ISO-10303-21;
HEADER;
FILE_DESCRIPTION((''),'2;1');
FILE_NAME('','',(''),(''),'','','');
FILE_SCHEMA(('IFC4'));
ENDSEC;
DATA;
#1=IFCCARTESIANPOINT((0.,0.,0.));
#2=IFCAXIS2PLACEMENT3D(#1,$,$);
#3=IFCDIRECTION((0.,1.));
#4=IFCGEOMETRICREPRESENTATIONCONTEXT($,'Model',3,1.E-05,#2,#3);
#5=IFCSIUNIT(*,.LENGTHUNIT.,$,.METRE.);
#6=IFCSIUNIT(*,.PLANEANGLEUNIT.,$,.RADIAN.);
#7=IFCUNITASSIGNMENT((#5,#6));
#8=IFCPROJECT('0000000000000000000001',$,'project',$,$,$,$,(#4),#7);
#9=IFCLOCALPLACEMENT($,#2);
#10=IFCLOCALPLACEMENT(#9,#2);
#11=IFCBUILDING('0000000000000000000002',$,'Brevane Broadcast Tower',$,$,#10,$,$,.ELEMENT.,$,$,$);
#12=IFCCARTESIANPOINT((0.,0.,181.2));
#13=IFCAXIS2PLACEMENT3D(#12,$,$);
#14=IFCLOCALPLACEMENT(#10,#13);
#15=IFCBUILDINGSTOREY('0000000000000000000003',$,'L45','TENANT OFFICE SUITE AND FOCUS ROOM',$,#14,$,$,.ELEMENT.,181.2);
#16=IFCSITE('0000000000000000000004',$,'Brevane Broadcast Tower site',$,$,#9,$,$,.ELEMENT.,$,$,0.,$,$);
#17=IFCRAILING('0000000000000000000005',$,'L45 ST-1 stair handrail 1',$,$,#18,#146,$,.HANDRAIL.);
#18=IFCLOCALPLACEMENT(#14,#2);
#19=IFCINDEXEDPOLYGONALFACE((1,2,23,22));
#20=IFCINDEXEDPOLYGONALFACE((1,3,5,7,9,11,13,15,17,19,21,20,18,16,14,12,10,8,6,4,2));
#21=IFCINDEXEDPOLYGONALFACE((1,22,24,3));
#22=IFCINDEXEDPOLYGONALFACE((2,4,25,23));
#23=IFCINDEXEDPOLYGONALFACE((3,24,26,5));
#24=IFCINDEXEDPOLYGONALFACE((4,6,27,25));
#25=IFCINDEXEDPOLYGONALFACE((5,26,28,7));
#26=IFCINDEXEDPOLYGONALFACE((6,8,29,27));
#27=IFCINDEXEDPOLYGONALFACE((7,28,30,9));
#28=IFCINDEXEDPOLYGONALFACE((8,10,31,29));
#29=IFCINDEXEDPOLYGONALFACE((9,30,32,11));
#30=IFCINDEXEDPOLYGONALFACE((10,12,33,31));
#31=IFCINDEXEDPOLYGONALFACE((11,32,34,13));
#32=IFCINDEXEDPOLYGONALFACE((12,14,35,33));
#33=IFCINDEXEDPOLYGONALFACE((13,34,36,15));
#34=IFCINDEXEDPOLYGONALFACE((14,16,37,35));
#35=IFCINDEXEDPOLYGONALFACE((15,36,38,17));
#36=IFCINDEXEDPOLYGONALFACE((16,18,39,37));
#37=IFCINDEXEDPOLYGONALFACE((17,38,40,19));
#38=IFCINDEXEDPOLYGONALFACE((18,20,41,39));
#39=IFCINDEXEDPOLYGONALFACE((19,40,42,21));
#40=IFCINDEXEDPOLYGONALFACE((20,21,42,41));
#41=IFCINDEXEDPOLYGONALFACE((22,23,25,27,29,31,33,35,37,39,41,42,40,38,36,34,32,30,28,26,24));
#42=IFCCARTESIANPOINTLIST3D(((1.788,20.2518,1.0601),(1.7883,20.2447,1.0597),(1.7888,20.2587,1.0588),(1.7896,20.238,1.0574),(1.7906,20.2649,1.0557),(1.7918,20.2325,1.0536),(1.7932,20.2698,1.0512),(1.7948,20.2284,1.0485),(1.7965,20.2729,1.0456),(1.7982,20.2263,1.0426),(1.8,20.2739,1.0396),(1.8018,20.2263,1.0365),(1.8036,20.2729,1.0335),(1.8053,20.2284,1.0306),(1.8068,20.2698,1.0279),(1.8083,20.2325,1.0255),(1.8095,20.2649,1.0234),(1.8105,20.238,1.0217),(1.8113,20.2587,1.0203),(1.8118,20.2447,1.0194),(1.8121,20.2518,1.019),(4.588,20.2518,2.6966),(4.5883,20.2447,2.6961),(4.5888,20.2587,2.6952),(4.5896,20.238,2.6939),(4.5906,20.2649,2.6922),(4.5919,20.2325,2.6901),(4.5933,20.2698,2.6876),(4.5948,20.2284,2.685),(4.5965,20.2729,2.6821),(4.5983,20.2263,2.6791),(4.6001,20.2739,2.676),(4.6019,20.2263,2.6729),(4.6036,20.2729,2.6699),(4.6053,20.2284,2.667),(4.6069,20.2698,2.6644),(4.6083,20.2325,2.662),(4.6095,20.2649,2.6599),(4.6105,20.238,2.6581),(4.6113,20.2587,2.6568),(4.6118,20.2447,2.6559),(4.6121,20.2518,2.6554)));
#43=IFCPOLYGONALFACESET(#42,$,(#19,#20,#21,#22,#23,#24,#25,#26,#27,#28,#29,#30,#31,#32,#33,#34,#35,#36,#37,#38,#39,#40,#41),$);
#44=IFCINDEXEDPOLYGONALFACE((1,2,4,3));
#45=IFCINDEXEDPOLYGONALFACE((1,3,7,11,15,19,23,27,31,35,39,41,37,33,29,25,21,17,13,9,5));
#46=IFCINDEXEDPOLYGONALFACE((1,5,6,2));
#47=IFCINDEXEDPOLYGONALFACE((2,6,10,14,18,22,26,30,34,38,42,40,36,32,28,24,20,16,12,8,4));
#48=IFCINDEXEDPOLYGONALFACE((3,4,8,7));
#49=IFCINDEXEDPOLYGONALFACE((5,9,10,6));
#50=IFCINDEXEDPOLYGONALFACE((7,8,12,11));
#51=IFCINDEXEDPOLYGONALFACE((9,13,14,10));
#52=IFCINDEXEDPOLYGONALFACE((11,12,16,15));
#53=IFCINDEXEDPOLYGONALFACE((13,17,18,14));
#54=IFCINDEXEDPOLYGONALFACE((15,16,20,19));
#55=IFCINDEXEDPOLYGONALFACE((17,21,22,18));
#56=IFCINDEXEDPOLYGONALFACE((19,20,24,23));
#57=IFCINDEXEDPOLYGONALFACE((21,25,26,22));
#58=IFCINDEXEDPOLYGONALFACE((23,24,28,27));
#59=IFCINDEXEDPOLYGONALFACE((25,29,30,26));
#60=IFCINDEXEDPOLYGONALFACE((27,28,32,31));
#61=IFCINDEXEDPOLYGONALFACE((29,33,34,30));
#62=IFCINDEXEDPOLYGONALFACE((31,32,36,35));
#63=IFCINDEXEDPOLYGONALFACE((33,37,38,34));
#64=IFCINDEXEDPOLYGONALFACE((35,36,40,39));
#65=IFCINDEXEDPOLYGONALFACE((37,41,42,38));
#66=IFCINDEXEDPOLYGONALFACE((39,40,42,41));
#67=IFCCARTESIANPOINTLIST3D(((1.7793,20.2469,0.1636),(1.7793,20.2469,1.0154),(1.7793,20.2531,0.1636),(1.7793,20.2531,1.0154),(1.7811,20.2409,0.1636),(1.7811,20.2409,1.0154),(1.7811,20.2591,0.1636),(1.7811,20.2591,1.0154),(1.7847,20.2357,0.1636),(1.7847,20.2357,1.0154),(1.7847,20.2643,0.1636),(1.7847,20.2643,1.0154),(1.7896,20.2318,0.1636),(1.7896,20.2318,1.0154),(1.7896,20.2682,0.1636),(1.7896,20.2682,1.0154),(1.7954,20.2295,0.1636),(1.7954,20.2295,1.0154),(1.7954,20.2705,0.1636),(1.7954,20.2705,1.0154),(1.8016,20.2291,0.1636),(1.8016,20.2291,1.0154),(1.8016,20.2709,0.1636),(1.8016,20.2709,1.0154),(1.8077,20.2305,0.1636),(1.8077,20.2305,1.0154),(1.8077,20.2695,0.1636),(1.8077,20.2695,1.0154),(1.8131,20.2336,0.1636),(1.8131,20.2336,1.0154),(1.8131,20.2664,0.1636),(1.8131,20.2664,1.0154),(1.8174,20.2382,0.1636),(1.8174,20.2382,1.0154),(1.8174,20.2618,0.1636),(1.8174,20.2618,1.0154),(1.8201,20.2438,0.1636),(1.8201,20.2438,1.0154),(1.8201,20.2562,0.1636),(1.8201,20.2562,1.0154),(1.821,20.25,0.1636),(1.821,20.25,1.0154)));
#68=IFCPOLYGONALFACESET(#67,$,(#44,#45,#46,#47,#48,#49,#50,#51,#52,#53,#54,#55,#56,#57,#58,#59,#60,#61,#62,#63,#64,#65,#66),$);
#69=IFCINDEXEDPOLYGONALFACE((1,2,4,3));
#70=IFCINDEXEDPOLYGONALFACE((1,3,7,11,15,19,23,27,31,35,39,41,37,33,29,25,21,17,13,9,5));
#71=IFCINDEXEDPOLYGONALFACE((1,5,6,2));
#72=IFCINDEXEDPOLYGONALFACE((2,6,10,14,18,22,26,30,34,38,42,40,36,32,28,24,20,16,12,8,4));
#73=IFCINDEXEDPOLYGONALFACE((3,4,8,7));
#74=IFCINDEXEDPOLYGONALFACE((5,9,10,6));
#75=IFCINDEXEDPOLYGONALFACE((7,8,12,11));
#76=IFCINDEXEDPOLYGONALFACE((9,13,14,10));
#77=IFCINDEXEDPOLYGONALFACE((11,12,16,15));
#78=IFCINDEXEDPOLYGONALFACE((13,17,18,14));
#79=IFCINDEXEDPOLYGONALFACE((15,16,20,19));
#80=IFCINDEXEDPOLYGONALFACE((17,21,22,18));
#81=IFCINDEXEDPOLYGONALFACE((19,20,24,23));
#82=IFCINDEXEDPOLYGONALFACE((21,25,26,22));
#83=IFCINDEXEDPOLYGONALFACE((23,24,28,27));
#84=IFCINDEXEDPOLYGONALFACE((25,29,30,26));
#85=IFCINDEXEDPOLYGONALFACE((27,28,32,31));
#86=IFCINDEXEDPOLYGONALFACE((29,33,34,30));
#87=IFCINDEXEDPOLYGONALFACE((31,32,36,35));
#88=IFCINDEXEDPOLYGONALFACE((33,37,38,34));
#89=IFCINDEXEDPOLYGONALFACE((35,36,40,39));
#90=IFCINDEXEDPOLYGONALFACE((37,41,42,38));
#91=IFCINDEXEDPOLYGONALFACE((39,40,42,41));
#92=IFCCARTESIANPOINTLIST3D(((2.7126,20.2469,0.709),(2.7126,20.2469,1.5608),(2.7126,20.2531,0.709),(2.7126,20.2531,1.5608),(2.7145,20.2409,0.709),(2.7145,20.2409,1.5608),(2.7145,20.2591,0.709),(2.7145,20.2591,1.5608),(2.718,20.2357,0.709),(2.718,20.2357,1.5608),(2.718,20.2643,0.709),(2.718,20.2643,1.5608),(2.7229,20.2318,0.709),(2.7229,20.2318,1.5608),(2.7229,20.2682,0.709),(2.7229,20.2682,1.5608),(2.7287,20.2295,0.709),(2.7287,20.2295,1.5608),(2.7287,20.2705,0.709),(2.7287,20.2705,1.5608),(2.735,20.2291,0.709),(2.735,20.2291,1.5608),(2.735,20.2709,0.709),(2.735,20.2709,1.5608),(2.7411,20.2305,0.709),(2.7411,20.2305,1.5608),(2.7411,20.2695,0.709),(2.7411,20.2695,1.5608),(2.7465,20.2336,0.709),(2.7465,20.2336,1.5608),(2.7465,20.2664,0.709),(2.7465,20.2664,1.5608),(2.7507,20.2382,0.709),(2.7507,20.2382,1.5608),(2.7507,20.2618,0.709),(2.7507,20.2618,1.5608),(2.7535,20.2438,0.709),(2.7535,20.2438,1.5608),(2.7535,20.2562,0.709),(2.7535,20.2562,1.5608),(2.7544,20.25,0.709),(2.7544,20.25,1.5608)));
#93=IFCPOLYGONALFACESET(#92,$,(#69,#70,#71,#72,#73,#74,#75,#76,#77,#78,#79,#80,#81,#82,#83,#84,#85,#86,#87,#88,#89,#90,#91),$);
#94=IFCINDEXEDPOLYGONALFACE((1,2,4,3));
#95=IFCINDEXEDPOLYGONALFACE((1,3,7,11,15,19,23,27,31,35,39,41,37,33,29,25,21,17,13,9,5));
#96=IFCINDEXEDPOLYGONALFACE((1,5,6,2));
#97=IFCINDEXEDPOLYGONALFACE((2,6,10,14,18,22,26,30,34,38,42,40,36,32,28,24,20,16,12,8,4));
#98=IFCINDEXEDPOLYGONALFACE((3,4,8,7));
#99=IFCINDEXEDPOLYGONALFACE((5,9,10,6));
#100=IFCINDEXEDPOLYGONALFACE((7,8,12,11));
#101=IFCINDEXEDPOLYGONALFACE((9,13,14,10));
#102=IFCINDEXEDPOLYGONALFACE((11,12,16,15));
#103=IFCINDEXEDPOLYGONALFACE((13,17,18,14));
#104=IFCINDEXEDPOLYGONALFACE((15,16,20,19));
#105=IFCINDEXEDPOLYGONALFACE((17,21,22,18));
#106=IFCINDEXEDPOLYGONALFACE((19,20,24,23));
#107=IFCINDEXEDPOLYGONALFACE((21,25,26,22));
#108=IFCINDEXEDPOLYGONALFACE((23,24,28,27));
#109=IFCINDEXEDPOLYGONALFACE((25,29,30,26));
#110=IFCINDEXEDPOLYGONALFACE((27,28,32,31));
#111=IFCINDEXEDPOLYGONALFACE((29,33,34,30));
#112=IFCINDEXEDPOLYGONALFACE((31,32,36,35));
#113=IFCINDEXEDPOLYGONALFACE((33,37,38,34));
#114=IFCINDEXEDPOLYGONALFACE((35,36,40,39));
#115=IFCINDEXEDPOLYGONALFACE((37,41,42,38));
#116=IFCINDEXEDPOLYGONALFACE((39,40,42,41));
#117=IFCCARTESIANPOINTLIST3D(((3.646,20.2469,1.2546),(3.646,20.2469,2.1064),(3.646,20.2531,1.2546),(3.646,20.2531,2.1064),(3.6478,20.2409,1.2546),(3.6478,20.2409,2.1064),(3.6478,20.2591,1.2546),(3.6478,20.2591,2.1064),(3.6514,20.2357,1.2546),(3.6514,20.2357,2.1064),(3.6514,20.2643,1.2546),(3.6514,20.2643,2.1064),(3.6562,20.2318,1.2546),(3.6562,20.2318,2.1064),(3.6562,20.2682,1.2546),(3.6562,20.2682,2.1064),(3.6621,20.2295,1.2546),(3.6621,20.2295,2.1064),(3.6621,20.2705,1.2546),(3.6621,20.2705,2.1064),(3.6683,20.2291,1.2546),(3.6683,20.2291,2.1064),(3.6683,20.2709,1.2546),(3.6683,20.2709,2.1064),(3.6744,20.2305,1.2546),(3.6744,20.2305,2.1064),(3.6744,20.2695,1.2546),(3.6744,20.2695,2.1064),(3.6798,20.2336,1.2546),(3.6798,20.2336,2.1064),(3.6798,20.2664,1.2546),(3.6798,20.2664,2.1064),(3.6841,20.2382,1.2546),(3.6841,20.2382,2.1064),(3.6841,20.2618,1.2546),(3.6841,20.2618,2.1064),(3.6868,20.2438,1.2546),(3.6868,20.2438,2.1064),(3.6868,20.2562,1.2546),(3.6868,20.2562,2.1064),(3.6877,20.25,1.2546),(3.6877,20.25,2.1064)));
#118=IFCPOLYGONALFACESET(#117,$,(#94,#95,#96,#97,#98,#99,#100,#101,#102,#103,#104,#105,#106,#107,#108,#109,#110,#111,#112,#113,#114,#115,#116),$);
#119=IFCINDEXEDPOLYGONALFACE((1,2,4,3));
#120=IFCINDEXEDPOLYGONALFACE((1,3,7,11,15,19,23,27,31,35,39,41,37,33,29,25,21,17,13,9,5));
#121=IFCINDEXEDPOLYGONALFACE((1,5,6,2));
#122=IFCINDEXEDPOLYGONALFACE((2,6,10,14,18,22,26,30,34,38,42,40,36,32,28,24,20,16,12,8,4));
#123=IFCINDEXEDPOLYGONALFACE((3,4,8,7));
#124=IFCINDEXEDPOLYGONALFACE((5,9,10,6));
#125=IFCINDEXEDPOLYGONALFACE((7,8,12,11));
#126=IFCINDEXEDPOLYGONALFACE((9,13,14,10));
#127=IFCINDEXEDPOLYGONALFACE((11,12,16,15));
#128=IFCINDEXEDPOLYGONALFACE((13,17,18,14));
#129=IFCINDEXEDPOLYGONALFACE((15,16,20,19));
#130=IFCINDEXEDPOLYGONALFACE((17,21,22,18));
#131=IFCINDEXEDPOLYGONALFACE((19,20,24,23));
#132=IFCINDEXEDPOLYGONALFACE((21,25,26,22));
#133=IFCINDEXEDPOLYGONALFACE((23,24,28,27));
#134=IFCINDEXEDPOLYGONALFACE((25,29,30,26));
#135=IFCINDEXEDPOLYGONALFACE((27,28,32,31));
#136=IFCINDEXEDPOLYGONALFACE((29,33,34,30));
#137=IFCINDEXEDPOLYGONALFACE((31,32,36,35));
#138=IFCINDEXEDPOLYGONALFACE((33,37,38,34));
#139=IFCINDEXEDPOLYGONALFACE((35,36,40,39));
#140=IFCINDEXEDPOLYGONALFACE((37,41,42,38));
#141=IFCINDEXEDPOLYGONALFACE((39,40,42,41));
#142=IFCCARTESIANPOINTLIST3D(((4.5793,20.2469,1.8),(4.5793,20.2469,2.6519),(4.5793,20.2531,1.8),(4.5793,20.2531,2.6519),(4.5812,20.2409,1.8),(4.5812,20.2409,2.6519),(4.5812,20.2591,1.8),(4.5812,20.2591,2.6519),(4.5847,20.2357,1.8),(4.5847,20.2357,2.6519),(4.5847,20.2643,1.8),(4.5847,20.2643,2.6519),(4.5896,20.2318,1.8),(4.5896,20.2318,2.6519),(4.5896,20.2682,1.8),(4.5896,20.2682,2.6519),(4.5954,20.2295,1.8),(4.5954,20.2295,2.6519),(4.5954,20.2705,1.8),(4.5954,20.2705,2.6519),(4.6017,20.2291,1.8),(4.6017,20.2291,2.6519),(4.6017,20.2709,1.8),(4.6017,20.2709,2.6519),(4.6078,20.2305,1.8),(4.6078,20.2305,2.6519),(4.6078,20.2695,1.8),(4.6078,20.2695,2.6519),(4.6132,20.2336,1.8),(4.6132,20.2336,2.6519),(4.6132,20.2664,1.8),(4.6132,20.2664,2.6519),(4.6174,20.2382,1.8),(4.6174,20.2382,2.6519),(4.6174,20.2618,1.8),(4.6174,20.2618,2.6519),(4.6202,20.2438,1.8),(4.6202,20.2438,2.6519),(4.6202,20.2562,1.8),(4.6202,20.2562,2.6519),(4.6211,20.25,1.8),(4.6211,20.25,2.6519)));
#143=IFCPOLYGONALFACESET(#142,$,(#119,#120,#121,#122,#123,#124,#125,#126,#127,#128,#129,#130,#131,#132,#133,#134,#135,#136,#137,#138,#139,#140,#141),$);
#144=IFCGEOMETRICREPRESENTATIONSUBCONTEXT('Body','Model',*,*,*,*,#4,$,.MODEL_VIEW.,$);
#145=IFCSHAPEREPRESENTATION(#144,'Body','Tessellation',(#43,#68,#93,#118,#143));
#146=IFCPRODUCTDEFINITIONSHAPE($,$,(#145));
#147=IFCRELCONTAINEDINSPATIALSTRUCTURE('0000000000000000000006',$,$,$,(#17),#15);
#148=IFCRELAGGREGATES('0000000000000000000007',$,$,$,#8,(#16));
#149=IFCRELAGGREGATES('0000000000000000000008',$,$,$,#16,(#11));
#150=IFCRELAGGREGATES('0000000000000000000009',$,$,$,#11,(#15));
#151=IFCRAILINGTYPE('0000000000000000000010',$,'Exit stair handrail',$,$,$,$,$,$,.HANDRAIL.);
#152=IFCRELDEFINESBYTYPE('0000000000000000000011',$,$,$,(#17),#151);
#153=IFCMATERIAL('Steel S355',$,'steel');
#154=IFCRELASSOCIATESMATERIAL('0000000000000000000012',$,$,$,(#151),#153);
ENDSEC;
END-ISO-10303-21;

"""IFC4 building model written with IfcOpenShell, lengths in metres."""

from ifc_helpers import new_model, si_unit, direction, frame, origin, origin_2d, place, context, subcontext, project, spatial, circle, extrude, material, type_object, element, save


model = new_model("IFC4")

# Units and contexts
model_context = context("Model", 3, precision=1e-05, world=origin(), true_north=direction((0.0, 1.0)))
body_context = subcontext(model_context, "Body", "Model", "MODEL_VIEW")
ifc_project = project(units=[si_unit("LENGTHUNIT", "METRE"), si_unit("PLANEANGLEUNIT", "RADIAN")], contexts=[model_context])

# Site, building, storey
site_placement = place(None, origin())
site = spatial("IfcSite", under=ifc_project, at=site_placement, Name="Brevane Broadcast Tower site", CompositionType="ELEMENT", RefElevation=0.0)
building_placement = place(site_placement, origin())
building = spatial("IfcBuilding", under=site, at=building_placement, Name="Brevane Broadcast Tower", CompositionType="ELEMENT")
storey_placement = place(building_placement, frame((0.0, 0.0, 181.2)))
storey = spatial("IfcBuildingStorey", under=building, at=storey_placement, Name="L45", Description="TENANT OFFICE SUITE AND FOCUS ROOM", CompositionType="ELEMENT", Elevation=181.2)

# Railing
ifc_material_1 = material(Name="Steel S355", Category="steel")
railing_type_1 = type_object("IfcRailingType", Name="Exit stair handrail", PredefinedType="HANDRAIL", material=ifc_material_1)
railing_1_placement = place(storey_placement, frame((1.8, 20.25, 0.1636)))
element("IfcRailing", 1, at=railing_1_placement, inside=storey, type_object=railing_type_1, Name="L45 ST-1 stair handrail 1", PredefinedType="HANDRAIL", context=body_context, shape_type="SweptSolid", body=[
    extrude(circle(Radius=0.0239, at=origin_2d()), frame((0.0, 0.0, 0.876), z_axis=(0.863361, 0.0, 0.504587), x_axis=(0.0, 1.0, 0.0)), (0.0, 0.0, 1.0), 3.2432),
    extrude(circle(Radius=0.021, at=origin_2d()), origin(), (0.0, 0.0, 1.0), 0.8518),
    extrude(circle(Radius=0.021, at=origin_2d()), frame((0.9333, 0.0, 0.5454)), (0.0, 0.0, 1.0), 0.8518),
    extrude(circle(Radius=0.021, at=origin_2d()), frame((1.8667, 0.0, 1.0911)), (0.0, 0.0, 1.0), 0.8518),
    extrude(circle(Radius=0.021, at=origin_2d()), frame((2.8, 0.0, 1.6365)), (0.0, 0.0, 1.0), 0.8518),
])

save(model, "model.ifc")
